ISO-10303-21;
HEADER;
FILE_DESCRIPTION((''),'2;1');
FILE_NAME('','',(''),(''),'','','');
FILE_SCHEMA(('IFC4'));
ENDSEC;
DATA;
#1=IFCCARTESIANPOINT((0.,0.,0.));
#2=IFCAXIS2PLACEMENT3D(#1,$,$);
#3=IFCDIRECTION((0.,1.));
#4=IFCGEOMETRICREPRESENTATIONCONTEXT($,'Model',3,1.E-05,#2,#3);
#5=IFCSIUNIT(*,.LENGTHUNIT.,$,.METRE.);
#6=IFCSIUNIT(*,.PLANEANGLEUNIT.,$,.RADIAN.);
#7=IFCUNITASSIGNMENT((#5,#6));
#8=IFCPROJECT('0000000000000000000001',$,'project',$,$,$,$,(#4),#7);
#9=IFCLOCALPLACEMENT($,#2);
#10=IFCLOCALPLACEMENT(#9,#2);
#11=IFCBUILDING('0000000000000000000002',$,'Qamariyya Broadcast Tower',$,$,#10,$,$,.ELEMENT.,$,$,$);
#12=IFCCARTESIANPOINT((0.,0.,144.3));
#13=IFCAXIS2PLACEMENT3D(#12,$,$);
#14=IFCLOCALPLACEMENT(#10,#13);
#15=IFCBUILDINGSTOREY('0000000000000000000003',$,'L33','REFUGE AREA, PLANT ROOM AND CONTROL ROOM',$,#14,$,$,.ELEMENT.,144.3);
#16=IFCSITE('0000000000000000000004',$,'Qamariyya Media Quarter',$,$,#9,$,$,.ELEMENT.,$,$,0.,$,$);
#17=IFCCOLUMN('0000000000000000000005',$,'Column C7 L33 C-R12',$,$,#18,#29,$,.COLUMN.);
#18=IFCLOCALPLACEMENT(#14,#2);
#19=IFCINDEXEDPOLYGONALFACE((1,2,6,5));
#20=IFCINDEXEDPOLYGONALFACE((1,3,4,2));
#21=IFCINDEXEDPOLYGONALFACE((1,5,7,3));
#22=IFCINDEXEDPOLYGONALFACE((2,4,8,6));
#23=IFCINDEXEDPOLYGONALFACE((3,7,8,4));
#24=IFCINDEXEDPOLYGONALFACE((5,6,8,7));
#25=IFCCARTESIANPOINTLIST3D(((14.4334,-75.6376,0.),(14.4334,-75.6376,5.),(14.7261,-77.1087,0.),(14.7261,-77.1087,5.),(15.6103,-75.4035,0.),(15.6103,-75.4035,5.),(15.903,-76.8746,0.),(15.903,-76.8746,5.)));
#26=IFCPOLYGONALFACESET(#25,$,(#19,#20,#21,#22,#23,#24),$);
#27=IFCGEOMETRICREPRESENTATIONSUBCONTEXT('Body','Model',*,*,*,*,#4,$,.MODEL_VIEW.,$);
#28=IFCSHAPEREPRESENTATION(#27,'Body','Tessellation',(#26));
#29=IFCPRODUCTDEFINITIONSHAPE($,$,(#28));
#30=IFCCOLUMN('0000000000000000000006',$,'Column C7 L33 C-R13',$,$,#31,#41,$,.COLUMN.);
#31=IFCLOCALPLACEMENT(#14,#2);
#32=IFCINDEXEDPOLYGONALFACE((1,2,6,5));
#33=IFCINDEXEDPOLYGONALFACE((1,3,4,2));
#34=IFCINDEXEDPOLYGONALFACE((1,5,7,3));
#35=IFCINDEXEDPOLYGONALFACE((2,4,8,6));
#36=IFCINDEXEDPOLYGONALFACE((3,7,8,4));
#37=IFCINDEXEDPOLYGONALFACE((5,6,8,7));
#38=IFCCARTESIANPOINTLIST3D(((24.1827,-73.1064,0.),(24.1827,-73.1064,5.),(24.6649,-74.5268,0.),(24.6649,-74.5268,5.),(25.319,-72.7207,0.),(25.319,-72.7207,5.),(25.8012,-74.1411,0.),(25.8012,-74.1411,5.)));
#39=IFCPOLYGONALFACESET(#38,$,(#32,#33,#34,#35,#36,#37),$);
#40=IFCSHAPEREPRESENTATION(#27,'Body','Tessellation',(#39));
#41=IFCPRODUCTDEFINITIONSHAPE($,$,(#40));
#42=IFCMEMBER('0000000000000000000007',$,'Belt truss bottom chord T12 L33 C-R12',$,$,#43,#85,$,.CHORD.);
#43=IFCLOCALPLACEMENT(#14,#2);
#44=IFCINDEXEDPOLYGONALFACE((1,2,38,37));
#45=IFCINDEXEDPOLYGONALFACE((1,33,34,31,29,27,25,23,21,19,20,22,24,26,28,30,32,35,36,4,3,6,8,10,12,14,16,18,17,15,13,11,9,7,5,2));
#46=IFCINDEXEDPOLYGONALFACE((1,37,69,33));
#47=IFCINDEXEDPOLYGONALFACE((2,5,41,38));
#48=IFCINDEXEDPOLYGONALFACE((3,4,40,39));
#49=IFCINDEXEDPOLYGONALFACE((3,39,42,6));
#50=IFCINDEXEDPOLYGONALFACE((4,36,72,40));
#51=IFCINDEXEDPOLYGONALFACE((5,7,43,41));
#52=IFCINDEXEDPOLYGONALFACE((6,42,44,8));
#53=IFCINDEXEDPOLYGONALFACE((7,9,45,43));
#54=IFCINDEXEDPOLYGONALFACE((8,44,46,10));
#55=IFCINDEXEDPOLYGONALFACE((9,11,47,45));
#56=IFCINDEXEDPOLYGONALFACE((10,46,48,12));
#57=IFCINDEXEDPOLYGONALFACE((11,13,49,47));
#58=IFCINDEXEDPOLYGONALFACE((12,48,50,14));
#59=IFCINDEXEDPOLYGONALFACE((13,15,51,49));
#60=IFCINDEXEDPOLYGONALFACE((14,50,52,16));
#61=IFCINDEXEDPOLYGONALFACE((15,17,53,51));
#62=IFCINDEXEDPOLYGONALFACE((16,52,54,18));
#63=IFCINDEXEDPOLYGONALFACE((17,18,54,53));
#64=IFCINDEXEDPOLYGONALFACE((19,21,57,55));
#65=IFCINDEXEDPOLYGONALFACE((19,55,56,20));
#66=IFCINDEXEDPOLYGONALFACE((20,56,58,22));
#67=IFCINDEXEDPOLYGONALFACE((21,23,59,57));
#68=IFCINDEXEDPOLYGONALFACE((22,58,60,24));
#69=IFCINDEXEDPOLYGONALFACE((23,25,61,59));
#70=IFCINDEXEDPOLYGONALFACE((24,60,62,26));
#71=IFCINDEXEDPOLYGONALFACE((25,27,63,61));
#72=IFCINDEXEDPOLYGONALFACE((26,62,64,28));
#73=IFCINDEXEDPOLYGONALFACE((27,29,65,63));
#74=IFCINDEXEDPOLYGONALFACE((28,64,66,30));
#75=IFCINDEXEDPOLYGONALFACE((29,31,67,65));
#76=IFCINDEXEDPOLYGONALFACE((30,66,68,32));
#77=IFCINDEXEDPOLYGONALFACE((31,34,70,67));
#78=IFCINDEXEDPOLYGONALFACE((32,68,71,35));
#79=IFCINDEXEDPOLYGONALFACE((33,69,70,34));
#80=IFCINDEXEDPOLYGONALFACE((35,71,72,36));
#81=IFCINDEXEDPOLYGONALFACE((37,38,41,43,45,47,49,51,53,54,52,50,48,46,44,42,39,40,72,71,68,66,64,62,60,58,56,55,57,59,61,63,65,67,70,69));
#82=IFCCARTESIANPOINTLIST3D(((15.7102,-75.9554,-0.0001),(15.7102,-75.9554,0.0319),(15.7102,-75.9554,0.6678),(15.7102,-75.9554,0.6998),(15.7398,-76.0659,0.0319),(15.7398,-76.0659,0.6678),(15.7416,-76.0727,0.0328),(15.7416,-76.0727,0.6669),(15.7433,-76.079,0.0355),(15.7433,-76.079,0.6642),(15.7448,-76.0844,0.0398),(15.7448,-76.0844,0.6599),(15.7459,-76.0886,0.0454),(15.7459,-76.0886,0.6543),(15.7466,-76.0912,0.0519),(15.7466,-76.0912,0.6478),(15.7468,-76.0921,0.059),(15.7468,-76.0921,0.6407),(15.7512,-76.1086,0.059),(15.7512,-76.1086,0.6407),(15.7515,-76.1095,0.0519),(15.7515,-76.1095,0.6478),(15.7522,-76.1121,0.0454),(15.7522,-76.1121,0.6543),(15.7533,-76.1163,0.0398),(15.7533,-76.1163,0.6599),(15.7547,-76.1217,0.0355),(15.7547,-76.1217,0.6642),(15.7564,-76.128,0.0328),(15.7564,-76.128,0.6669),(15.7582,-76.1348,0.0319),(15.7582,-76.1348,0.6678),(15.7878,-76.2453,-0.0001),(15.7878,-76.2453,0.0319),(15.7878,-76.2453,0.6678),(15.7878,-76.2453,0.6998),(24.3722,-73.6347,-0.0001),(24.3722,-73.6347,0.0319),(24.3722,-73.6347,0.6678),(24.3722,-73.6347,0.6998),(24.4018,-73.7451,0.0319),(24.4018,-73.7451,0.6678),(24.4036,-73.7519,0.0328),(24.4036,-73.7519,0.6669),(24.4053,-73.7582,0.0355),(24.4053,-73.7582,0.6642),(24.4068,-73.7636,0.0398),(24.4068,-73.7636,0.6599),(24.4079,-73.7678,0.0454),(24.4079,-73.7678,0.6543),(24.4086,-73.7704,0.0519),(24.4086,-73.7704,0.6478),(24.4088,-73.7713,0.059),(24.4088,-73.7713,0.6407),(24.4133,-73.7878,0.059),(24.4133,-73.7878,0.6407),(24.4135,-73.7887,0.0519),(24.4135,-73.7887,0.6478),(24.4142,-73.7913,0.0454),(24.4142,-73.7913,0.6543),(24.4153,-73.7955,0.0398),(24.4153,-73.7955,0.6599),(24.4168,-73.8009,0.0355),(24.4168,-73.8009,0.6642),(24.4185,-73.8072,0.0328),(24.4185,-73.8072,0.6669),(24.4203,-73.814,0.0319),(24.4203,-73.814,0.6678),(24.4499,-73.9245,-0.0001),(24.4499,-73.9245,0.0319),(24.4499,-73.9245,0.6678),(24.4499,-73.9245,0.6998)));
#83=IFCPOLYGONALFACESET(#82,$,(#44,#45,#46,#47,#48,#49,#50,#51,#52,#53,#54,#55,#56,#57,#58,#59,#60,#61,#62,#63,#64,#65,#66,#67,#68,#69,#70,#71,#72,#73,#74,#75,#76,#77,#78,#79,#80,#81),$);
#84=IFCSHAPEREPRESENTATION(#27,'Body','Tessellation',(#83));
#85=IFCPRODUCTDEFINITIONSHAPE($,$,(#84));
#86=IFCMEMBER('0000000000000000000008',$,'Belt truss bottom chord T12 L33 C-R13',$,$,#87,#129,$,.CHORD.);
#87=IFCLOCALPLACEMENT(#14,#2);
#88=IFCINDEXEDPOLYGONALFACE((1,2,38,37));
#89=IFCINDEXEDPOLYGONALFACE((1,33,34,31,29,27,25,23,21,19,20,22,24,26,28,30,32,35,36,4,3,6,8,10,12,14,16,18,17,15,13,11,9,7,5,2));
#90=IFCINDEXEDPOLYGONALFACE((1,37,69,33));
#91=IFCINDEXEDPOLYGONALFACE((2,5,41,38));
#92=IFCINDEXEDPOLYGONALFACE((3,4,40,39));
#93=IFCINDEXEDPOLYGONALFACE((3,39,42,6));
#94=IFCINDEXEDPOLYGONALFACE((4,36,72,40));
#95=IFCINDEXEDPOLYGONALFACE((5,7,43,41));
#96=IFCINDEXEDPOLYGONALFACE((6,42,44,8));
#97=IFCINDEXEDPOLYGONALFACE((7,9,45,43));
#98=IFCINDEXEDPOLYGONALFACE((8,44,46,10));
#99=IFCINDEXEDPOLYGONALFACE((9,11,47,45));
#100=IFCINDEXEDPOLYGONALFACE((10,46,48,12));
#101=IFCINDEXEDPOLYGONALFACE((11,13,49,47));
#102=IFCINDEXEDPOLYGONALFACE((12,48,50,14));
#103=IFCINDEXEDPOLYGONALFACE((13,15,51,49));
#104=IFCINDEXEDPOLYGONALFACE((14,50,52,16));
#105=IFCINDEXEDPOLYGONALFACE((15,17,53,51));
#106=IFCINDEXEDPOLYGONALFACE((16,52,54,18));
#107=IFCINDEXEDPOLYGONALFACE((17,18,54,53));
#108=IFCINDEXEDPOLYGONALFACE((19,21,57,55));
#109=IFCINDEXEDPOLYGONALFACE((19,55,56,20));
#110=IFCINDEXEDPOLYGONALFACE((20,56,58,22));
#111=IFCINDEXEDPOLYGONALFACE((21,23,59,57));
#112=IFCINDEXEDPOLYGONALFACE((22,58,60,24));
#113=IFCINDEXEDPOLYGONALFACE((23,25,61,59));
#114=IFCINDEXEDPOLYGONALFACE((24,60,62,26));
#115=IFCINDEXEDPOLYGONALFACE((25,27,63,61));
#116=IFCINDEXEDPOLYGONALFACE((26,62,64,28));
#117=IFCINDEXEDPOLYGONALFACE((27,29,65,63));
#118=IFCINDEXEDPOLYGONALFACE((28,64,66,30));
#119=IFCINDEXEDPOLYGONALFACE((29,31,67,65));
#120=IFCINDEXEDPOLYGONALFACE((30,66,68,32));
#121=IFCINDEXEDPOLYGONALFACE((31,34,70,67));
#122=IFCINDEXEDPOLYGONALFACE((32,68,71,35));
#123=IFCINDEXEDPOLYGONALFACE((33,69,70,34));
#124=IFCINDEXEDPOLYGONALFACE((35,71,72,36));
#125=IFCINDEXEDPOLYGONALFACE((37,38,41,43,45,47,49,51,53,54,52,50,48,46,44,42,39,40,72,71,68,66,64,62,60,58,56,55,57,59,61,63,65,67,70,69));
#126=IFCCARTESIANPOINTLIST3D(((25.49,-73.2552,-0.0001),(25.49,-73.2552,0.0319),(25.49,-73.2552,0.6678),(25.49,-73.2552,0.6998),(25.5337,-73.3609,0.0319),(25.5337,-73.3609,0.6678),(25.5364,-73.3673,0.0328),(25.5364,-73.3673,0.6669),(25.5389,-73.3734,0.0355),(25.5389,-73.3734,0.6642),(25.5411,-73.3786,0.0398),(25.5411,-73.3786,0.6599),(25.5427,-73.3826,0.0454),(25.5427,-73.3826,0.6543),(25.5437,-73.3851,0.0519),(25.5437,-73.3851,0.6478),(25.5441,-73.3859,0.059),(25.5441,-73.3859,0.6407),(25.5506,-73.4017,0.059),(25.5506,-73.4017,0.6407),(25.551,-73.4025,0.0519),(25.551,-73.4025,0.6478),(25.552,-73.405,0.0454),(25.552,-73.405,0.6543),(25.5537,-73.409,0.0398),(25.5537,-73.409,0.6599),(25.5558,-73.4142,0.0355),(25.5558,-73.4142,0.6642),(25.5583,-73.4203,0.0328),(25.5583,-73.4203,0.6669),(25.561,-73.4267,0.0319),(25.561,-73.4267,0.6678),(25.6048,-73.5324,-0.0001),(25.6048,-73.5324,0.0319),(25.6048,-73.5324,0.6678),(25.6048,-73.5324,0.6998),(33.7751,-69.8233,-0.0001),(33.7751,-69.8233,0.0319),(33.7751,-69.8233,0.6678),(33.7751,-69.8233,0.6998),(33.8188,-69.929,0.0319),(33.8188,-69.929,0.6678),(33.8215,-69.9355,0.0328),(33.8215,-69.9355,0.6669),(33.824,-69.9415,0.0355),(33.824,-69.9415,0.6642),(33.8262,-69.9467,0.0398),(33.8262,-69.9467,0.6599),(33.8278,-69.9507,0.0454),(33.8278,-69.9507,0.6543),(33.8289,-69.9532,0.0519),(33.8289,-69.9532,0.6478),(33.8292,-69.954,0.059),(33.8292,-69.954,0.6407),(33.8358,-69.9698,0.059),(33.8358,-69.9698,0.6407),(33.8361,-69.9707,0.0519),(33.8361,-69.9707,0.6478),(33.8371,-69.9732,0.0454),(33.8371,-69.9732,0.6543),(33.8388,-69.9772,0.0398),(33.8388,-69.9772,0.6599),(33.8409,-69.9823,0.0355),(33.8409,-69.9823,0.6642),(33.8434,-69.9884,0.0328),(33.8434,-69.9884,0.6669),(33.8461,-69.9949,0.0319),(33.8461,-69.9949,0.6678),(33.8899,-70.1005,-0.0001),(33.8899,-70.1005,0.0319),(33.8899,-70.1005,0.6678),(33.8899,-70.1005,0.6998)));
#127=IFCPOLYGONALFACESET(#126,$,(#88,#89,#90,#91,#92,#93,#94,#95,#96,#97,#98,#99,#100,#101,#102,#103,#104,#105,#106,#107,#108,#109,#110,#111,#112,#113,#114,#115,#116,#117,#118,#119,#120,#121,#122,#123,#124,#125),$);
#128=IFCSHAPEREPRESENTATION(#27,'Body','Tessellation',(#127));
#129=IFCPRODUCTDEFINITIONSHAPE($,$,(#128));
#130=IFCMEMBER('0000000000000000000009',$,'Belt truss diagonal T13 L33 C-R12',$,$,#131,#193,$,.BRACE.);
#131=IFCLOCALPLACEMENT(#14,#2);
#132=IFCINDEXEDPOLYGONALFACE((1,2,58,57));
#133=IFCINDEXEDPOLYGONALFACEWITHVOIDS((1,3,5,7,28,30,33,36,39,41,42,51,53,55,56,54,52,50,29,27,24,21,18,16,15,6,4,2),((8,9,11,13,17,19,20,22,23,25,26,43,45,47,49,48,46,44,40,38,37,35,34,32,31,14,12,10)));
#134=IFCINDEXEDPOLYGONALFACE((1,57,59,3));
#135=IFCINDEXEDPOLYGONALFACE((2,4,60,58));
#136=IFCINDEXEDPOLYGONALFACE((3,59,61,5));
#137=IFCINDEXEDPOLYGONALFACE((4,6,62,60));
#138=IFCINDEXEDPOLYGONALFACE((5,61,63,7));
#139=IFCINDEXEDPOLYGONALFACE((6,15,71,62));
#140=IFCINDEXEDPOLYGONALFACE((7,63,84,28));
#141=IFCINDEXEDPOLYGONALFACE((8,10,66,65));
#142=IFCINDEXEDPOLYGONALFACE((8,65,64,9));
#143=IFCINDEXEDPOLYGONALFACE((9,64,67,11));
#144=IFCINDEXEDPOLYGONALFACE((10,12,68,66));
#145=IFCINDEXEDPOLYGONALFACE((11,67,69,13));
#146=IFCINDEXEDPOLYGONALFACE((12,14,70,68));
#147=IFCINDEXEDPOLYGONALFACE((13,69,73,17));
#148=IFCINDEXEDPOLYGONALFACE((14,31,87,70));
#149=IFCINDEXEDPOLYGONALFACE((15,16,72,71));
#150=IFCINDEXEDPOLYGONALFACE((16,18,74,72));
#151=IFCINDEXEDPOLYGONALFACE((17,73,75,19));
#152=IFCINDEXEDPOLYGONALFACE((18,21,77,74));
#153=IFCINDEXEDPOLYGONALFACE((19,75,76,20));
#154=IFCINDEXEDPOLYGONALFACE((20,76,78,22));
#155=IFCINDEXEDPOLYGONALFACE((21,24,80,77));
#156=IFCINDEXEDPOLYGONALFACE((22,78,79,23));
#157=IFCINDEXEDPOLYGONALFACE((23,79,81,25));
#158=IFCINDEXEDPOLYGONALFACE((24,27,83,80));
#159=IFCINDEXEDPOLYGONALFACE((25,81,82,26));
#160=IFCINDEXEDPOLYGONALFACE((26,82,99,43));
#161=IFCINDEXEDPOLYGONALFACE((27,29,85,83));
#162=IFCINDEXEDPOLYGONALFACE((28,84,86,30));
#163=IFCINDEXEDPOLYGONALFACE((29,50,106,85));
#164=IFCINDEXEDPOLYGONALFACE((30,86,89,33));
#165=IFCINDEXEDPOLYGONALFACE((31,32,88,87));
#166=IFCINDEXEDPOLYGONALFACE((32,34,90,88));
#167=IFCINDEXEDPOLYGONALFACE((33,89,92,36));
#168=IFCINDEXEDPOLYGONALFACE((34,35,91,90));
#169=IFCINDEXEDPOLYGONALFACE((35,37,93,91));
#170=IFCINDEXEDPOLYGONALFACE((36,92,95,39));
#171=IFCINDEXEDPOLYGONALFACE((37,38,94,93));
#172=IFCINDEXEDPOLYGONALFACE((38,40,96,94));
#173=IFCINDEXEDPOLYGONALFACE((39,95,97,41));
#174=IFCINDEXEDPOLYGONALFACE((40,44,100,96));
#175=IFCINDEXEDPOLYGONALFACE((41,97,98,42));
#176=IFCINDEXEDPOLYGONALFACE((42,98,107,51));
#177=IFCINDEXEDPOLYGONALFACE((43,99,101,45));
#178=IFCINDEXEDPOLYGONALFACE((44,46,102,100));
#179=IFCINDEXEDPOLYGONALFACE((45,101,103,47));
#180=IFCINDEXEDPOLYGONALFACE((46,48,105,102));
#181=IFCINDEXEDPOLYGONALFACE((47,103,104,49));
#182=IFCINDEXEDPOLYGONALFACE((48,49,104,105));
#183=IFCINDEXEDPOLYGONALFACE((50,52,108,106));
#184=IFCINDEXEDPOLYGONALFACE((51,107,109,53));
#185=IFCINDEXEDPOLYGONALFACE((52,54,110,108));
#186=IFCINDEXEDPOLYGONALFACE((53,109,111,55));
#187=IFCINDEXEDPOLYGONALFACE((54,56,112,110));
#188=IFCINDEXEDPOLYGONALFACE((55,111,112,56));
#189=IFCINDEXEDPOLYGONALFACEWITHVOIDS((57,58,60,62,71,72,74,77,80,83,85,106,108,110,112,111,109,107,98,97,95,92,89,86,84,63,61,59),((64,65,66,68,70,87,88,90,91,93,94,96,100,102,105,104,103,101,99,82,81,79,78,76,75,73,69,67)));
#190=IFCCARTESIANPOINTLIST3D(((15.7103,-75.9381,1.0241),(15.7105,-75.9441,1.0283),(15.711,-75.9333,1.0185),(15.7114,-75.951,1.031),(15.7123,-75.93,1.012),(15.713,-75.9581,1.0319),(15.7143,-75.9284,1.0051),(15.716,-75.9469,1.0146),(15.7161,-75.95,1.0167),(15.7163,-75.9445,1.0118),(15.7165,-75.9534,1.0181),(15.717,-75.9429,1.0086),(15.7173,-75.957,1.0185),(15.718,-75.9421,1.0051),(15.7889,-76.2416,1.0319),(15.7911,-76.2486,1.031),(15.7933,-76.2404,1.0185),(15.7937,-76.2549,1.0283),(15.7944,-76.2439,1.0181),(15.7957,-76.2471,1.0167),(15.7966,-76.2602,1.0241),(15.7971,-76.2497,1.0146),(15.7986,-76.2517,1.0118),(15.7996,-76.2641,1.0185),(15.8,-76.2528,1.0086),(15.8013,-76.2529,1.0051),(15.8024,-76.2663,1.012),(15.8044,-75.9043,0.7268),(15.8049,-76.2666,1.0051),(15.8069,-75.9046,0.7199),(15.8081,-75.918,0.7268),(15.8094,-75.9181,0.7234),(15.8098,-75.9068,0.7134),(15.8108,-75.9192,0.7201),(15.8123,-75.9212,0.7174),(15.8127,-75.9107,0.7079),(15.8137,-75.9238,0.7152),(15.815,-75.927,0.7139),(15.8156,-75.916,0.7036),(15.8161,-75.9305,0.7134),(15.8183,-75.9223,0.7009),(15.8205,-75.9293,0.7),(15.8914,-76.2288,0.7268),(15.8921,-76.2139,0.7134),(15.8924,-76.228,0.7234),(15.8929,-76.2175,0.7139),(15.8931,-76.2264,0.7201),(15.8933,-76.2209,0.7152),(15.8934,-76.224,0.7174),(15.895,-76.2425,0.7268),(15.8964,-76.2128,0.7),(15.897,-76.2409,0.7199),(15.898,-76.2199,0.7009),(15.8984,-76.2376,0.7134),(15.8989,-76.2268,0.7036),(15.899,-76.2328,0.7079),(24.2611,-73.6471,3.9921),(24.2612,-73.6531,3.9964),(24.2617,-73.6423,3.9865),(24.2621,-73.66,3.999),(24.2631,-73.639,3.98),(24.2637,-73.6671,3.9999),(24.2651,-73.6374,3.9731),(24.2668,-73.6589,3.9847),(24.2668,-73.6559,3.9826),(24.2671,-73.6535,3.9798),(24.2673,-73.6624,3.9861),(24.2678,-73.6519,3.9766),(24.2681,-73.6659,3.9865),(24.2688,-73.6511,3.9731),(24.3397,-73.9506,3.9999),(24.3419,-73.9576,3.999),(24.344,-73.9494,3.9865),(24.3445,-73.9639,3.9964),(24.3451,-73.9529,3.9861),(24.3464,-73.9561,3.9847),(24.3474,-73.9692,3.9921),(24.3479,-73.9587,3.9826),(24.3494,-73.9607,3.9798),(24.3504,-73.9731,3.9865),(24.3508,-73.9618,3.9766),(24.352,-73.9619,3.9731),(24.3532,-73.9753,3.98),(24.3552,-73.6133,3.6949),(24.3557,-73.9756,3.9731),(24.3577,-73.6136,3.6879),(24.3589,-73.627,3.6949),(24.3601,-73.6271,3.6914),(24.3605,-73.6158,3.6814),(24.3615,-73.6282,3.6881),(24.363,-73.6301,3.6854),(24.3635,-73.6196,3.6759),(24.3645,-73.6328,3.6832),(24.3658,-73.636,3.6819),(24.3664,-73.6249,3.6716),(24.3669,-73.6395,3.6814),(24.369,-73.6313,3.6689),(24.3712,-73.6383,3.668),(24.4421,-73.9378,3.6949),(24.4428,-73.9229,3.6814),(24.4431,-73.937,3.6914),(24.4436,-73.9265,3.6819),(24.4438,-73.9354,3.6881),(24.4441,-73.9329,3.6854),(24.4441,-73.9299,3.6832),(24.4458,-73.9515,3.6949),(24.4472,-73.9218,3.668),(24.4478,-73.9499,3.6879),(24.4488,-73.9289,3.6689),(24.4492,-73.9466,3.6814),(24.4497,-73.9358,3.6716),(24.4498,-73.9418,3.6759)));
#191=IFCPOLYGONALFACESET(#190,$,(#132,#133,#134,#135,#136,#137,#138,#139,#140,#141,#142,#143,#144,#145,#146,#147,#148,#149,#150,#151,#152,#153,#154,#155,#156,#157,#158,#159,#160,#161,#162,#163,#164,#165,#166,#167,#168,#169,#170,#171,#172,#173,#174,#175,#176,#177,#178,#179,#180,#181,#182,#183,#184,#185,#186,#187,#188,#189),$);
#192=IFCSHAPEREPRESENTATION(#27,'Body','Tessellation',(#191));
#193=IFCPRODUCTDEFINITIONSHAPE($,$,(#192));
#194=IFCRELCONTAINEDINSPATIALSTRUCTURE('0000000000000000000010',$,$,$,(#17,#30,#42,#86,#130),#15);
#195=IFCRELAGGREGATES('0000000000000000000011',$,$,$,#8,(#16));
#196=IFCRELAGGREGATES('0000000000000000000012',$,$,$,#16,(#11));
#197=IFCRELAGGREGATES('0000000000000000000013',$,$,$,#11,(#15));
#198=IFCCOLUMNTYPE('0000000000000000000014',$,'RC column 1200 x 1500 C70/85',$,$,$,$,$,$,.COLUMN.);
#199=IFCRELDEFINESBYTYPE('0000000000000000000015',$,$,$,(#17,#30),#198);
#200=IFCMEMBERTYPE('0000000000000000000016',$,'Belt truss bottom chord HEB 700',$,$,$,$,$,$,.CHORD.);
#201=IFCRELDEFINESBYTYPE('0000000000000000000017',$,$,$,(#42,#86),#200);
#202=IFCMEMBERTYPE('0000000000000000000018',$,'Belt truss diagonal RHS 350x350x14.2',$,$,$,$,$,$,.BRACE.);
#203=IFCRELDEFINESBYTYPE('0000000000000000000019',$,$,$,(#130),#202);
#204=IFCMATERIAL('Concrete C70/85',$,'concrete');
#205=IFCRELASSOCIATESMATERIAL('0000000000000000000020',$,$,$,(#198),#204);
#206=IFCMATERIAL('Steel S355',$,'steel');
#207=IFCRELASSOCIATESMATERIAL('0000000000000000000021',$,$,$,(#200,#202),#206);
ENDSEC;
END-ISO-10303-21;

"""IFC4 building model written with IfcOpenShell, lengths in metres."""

from ifc_helpers import new_model, si_unit, direction, frame, origin, origin_2d, place, context, subcontext, project, spatial, rectangle, hollow_rectangle, i_section, extrude, material, material_profile, profile_set, type_object, element, save


model = new_model("IFC4")

# Units and contexts
model_context = context("Model", 3, precision=1e-05, world=origin(), true_north=direction((0.0, 1.0)))
body_context = subcontext(model_context, "Body", "Model", "MODEL_VIEW")
ifc_project = project(units=[si_unit("LENGTHUNIT", "METRE"), si_unit("PLANEANGLEUNIT", "RADIAN")], contexts=[model_context])

# Site, building, storey
site_placement = place(None, origin())
site = spatial("IfcSite", under=ifc_project, at=site_placement, Name="Qamariyya Media Quarter", CompositionType="ELEMENT", RefElevation=0.0)
building_placement = place(site_placement, origin())
building = spatial("IfcBuilding", under=site, at=building_placement, Name="Qamariyya Broadcast Tower", CompositionType="ELEMENT")
storey_placement = place(building_placement, frame((0.0, 0.0, 144.3)))
storey = spatial("IfcBuildingStorey", under=building, at=storey_placement, Name="L33", Description="REFUGE AREA, PLANT ROOM AND CONTROL ROOM", CompositionType="ELEMENT", Elevation=144.3)

# Columns
ifc_material_1 = material(Name="Concrete C70/85", Category="concrete")
ifc_material_profile_1 = material_profile(ifc_material_1, rectangle(XDim=1.2, YDim=1.5, at=origin_2d()))
ifc_profile_set_1 = profile_set([ifc_material_profile_1], Name="Concrete C70/85")
column_type = type_object("IfcColumnType", Name="RC column 1200 x 1500 C70/85", PredefinedType="COLUMN", material=ifc_profile_set_1)
for number, where, z_axis, x_axis, name in (
    (1, (15.1682, -76.2561, 0.0), (0.0, 0.0, 1.0), (0.980785, 0.19509, 0.0), "Column C7 L33 C-R12"),
    (2, (24.9919, -73.6238, 0.0), (0.0, 0.0, 1.0), (0.94693, 0.321439, 0.0), "Column C7 L33 C-R13"),
):
    element("IfcColumn", number, at=place(storey_placement, frame(where, z_axis=z_axis, x_axis=x_axis)), inside=storey, type_object=column_type, Name=name, PredefinedType="COLUMN", context=body_context, shape_type="SweptSolid", body=[
        extrude(rectangle(XDim=1.2, YDim=1.5, at=origin_2d()), origin(), (0.0, 0.0, 1.0), 5.0),
    ])

# Members
ifc_material_2 = material(Name="Steel S355", Category="steel")
ifc_material_profile_2 = material_profile(ifc_material_2, i_section(OverallWidth=0.3, OverallDepth=0.7, WebThickness=0.0171, FlangeThickness=0.032, FilletRadius=0.0271, at=origin_2d()))
ifc_profile_set_2 = profile_set([ifc_material_profile_2], Name="Steel S355")
member_type_1 = type_object("IfcMemberType", Name="Belt truss bottom chord HEB 700", PredefinedType="CHORD", material=ifc_profile_set_2)
member_1_placement = place(storey_placement, frame((15.749, -76.1003, 0.3499), z_axis=(0.965932, 0.258798, 0.0), x_axis=(-0.258798, 0.965932, 0.0)))
element("IfcMember", 3, at=member_1_placement, inside=storey, type_object=member_type_1, Name="Belt truss bottom chord T12 L33 C-R12", PredefinedType="CHORD", context=body_context, shape_type="SweptSolid", body=[
    extrude(i_section(OverallWidth=0.3, OverallDepth=0.7, WebThickness=0.0171, FlangeThickness=0.032, FilletRadius=0.0271, at=origin_2d()), origin(), (0.0, 0.0, 1.0), 8.9675),
])
member_2_placement = place(storey_placement, frame((25.5474, -73.3938, 0.3499), z_axis=(0.923877, 0.382689, 0.0), x_axis=(-0.382689, 0.923877, 0.0)))
element("IfcMember", 4, at=member_2_placement, inside=storey, type_object=member_type_1, Name="Belt truss bottom chord T12 L33 C-R13", PredefinedType="CHORD", context=body_context, shape_type="SweptSolid", body=[
    extrude(i_section(OverallWidth=0.3, OverallDepth=0.7, WebThickness=0.0171, FlangeThickness=0.032, FilletRadius=0.0271, at=origin_2d()), origin(), (0.0, 0.0, 1.0), 8.9678),
])
ifc_material_profile_3 = material_profile(ifc_material_2, hollow_rectangle(XDim=0.3501, YDim=0.3501, WallThickness=0.0142, InnerFilletRadius=0.0142, OuterFilletRadius=0.0283, at=origin_2d()))
ifc_profile_set_3 = profile_set([ifc_material_profile_3], Name="Steel S355")
member_type_2 = type_object("IfcMemberType", Name="Belt truss diagonal RHS 350x350x14.2", PredefinedType="BRACE", material=ifc_profile_set_3)
member_3_placement = place(storey_placement, frame((15.8047, -76.0854, 0.866), z_axis=(0.915826, 0.245378, 0.317888), x_axis=(-0.258802, 0.96593, 0.0)))
element("IfcMember", 5, at=member_3_placement, inside=storey, type_object=member_type_2, Name="Belt truss diagonal T13 L33 C-R12", PredefinedType="BRACE", context=body_context, shape_type="SweptSolid", body=[
    extrude(hollow_rectangle(XDim=0.3501, YDim=0.3501, WallThickness=0.0142, InnerFilletRadius=0.0142, OuterFilletRadius=0.0283, at=origin_2d()), origin(), (0.0, 0.0, 1.0), 9.3367),
])

save(model, "model.ifc")
